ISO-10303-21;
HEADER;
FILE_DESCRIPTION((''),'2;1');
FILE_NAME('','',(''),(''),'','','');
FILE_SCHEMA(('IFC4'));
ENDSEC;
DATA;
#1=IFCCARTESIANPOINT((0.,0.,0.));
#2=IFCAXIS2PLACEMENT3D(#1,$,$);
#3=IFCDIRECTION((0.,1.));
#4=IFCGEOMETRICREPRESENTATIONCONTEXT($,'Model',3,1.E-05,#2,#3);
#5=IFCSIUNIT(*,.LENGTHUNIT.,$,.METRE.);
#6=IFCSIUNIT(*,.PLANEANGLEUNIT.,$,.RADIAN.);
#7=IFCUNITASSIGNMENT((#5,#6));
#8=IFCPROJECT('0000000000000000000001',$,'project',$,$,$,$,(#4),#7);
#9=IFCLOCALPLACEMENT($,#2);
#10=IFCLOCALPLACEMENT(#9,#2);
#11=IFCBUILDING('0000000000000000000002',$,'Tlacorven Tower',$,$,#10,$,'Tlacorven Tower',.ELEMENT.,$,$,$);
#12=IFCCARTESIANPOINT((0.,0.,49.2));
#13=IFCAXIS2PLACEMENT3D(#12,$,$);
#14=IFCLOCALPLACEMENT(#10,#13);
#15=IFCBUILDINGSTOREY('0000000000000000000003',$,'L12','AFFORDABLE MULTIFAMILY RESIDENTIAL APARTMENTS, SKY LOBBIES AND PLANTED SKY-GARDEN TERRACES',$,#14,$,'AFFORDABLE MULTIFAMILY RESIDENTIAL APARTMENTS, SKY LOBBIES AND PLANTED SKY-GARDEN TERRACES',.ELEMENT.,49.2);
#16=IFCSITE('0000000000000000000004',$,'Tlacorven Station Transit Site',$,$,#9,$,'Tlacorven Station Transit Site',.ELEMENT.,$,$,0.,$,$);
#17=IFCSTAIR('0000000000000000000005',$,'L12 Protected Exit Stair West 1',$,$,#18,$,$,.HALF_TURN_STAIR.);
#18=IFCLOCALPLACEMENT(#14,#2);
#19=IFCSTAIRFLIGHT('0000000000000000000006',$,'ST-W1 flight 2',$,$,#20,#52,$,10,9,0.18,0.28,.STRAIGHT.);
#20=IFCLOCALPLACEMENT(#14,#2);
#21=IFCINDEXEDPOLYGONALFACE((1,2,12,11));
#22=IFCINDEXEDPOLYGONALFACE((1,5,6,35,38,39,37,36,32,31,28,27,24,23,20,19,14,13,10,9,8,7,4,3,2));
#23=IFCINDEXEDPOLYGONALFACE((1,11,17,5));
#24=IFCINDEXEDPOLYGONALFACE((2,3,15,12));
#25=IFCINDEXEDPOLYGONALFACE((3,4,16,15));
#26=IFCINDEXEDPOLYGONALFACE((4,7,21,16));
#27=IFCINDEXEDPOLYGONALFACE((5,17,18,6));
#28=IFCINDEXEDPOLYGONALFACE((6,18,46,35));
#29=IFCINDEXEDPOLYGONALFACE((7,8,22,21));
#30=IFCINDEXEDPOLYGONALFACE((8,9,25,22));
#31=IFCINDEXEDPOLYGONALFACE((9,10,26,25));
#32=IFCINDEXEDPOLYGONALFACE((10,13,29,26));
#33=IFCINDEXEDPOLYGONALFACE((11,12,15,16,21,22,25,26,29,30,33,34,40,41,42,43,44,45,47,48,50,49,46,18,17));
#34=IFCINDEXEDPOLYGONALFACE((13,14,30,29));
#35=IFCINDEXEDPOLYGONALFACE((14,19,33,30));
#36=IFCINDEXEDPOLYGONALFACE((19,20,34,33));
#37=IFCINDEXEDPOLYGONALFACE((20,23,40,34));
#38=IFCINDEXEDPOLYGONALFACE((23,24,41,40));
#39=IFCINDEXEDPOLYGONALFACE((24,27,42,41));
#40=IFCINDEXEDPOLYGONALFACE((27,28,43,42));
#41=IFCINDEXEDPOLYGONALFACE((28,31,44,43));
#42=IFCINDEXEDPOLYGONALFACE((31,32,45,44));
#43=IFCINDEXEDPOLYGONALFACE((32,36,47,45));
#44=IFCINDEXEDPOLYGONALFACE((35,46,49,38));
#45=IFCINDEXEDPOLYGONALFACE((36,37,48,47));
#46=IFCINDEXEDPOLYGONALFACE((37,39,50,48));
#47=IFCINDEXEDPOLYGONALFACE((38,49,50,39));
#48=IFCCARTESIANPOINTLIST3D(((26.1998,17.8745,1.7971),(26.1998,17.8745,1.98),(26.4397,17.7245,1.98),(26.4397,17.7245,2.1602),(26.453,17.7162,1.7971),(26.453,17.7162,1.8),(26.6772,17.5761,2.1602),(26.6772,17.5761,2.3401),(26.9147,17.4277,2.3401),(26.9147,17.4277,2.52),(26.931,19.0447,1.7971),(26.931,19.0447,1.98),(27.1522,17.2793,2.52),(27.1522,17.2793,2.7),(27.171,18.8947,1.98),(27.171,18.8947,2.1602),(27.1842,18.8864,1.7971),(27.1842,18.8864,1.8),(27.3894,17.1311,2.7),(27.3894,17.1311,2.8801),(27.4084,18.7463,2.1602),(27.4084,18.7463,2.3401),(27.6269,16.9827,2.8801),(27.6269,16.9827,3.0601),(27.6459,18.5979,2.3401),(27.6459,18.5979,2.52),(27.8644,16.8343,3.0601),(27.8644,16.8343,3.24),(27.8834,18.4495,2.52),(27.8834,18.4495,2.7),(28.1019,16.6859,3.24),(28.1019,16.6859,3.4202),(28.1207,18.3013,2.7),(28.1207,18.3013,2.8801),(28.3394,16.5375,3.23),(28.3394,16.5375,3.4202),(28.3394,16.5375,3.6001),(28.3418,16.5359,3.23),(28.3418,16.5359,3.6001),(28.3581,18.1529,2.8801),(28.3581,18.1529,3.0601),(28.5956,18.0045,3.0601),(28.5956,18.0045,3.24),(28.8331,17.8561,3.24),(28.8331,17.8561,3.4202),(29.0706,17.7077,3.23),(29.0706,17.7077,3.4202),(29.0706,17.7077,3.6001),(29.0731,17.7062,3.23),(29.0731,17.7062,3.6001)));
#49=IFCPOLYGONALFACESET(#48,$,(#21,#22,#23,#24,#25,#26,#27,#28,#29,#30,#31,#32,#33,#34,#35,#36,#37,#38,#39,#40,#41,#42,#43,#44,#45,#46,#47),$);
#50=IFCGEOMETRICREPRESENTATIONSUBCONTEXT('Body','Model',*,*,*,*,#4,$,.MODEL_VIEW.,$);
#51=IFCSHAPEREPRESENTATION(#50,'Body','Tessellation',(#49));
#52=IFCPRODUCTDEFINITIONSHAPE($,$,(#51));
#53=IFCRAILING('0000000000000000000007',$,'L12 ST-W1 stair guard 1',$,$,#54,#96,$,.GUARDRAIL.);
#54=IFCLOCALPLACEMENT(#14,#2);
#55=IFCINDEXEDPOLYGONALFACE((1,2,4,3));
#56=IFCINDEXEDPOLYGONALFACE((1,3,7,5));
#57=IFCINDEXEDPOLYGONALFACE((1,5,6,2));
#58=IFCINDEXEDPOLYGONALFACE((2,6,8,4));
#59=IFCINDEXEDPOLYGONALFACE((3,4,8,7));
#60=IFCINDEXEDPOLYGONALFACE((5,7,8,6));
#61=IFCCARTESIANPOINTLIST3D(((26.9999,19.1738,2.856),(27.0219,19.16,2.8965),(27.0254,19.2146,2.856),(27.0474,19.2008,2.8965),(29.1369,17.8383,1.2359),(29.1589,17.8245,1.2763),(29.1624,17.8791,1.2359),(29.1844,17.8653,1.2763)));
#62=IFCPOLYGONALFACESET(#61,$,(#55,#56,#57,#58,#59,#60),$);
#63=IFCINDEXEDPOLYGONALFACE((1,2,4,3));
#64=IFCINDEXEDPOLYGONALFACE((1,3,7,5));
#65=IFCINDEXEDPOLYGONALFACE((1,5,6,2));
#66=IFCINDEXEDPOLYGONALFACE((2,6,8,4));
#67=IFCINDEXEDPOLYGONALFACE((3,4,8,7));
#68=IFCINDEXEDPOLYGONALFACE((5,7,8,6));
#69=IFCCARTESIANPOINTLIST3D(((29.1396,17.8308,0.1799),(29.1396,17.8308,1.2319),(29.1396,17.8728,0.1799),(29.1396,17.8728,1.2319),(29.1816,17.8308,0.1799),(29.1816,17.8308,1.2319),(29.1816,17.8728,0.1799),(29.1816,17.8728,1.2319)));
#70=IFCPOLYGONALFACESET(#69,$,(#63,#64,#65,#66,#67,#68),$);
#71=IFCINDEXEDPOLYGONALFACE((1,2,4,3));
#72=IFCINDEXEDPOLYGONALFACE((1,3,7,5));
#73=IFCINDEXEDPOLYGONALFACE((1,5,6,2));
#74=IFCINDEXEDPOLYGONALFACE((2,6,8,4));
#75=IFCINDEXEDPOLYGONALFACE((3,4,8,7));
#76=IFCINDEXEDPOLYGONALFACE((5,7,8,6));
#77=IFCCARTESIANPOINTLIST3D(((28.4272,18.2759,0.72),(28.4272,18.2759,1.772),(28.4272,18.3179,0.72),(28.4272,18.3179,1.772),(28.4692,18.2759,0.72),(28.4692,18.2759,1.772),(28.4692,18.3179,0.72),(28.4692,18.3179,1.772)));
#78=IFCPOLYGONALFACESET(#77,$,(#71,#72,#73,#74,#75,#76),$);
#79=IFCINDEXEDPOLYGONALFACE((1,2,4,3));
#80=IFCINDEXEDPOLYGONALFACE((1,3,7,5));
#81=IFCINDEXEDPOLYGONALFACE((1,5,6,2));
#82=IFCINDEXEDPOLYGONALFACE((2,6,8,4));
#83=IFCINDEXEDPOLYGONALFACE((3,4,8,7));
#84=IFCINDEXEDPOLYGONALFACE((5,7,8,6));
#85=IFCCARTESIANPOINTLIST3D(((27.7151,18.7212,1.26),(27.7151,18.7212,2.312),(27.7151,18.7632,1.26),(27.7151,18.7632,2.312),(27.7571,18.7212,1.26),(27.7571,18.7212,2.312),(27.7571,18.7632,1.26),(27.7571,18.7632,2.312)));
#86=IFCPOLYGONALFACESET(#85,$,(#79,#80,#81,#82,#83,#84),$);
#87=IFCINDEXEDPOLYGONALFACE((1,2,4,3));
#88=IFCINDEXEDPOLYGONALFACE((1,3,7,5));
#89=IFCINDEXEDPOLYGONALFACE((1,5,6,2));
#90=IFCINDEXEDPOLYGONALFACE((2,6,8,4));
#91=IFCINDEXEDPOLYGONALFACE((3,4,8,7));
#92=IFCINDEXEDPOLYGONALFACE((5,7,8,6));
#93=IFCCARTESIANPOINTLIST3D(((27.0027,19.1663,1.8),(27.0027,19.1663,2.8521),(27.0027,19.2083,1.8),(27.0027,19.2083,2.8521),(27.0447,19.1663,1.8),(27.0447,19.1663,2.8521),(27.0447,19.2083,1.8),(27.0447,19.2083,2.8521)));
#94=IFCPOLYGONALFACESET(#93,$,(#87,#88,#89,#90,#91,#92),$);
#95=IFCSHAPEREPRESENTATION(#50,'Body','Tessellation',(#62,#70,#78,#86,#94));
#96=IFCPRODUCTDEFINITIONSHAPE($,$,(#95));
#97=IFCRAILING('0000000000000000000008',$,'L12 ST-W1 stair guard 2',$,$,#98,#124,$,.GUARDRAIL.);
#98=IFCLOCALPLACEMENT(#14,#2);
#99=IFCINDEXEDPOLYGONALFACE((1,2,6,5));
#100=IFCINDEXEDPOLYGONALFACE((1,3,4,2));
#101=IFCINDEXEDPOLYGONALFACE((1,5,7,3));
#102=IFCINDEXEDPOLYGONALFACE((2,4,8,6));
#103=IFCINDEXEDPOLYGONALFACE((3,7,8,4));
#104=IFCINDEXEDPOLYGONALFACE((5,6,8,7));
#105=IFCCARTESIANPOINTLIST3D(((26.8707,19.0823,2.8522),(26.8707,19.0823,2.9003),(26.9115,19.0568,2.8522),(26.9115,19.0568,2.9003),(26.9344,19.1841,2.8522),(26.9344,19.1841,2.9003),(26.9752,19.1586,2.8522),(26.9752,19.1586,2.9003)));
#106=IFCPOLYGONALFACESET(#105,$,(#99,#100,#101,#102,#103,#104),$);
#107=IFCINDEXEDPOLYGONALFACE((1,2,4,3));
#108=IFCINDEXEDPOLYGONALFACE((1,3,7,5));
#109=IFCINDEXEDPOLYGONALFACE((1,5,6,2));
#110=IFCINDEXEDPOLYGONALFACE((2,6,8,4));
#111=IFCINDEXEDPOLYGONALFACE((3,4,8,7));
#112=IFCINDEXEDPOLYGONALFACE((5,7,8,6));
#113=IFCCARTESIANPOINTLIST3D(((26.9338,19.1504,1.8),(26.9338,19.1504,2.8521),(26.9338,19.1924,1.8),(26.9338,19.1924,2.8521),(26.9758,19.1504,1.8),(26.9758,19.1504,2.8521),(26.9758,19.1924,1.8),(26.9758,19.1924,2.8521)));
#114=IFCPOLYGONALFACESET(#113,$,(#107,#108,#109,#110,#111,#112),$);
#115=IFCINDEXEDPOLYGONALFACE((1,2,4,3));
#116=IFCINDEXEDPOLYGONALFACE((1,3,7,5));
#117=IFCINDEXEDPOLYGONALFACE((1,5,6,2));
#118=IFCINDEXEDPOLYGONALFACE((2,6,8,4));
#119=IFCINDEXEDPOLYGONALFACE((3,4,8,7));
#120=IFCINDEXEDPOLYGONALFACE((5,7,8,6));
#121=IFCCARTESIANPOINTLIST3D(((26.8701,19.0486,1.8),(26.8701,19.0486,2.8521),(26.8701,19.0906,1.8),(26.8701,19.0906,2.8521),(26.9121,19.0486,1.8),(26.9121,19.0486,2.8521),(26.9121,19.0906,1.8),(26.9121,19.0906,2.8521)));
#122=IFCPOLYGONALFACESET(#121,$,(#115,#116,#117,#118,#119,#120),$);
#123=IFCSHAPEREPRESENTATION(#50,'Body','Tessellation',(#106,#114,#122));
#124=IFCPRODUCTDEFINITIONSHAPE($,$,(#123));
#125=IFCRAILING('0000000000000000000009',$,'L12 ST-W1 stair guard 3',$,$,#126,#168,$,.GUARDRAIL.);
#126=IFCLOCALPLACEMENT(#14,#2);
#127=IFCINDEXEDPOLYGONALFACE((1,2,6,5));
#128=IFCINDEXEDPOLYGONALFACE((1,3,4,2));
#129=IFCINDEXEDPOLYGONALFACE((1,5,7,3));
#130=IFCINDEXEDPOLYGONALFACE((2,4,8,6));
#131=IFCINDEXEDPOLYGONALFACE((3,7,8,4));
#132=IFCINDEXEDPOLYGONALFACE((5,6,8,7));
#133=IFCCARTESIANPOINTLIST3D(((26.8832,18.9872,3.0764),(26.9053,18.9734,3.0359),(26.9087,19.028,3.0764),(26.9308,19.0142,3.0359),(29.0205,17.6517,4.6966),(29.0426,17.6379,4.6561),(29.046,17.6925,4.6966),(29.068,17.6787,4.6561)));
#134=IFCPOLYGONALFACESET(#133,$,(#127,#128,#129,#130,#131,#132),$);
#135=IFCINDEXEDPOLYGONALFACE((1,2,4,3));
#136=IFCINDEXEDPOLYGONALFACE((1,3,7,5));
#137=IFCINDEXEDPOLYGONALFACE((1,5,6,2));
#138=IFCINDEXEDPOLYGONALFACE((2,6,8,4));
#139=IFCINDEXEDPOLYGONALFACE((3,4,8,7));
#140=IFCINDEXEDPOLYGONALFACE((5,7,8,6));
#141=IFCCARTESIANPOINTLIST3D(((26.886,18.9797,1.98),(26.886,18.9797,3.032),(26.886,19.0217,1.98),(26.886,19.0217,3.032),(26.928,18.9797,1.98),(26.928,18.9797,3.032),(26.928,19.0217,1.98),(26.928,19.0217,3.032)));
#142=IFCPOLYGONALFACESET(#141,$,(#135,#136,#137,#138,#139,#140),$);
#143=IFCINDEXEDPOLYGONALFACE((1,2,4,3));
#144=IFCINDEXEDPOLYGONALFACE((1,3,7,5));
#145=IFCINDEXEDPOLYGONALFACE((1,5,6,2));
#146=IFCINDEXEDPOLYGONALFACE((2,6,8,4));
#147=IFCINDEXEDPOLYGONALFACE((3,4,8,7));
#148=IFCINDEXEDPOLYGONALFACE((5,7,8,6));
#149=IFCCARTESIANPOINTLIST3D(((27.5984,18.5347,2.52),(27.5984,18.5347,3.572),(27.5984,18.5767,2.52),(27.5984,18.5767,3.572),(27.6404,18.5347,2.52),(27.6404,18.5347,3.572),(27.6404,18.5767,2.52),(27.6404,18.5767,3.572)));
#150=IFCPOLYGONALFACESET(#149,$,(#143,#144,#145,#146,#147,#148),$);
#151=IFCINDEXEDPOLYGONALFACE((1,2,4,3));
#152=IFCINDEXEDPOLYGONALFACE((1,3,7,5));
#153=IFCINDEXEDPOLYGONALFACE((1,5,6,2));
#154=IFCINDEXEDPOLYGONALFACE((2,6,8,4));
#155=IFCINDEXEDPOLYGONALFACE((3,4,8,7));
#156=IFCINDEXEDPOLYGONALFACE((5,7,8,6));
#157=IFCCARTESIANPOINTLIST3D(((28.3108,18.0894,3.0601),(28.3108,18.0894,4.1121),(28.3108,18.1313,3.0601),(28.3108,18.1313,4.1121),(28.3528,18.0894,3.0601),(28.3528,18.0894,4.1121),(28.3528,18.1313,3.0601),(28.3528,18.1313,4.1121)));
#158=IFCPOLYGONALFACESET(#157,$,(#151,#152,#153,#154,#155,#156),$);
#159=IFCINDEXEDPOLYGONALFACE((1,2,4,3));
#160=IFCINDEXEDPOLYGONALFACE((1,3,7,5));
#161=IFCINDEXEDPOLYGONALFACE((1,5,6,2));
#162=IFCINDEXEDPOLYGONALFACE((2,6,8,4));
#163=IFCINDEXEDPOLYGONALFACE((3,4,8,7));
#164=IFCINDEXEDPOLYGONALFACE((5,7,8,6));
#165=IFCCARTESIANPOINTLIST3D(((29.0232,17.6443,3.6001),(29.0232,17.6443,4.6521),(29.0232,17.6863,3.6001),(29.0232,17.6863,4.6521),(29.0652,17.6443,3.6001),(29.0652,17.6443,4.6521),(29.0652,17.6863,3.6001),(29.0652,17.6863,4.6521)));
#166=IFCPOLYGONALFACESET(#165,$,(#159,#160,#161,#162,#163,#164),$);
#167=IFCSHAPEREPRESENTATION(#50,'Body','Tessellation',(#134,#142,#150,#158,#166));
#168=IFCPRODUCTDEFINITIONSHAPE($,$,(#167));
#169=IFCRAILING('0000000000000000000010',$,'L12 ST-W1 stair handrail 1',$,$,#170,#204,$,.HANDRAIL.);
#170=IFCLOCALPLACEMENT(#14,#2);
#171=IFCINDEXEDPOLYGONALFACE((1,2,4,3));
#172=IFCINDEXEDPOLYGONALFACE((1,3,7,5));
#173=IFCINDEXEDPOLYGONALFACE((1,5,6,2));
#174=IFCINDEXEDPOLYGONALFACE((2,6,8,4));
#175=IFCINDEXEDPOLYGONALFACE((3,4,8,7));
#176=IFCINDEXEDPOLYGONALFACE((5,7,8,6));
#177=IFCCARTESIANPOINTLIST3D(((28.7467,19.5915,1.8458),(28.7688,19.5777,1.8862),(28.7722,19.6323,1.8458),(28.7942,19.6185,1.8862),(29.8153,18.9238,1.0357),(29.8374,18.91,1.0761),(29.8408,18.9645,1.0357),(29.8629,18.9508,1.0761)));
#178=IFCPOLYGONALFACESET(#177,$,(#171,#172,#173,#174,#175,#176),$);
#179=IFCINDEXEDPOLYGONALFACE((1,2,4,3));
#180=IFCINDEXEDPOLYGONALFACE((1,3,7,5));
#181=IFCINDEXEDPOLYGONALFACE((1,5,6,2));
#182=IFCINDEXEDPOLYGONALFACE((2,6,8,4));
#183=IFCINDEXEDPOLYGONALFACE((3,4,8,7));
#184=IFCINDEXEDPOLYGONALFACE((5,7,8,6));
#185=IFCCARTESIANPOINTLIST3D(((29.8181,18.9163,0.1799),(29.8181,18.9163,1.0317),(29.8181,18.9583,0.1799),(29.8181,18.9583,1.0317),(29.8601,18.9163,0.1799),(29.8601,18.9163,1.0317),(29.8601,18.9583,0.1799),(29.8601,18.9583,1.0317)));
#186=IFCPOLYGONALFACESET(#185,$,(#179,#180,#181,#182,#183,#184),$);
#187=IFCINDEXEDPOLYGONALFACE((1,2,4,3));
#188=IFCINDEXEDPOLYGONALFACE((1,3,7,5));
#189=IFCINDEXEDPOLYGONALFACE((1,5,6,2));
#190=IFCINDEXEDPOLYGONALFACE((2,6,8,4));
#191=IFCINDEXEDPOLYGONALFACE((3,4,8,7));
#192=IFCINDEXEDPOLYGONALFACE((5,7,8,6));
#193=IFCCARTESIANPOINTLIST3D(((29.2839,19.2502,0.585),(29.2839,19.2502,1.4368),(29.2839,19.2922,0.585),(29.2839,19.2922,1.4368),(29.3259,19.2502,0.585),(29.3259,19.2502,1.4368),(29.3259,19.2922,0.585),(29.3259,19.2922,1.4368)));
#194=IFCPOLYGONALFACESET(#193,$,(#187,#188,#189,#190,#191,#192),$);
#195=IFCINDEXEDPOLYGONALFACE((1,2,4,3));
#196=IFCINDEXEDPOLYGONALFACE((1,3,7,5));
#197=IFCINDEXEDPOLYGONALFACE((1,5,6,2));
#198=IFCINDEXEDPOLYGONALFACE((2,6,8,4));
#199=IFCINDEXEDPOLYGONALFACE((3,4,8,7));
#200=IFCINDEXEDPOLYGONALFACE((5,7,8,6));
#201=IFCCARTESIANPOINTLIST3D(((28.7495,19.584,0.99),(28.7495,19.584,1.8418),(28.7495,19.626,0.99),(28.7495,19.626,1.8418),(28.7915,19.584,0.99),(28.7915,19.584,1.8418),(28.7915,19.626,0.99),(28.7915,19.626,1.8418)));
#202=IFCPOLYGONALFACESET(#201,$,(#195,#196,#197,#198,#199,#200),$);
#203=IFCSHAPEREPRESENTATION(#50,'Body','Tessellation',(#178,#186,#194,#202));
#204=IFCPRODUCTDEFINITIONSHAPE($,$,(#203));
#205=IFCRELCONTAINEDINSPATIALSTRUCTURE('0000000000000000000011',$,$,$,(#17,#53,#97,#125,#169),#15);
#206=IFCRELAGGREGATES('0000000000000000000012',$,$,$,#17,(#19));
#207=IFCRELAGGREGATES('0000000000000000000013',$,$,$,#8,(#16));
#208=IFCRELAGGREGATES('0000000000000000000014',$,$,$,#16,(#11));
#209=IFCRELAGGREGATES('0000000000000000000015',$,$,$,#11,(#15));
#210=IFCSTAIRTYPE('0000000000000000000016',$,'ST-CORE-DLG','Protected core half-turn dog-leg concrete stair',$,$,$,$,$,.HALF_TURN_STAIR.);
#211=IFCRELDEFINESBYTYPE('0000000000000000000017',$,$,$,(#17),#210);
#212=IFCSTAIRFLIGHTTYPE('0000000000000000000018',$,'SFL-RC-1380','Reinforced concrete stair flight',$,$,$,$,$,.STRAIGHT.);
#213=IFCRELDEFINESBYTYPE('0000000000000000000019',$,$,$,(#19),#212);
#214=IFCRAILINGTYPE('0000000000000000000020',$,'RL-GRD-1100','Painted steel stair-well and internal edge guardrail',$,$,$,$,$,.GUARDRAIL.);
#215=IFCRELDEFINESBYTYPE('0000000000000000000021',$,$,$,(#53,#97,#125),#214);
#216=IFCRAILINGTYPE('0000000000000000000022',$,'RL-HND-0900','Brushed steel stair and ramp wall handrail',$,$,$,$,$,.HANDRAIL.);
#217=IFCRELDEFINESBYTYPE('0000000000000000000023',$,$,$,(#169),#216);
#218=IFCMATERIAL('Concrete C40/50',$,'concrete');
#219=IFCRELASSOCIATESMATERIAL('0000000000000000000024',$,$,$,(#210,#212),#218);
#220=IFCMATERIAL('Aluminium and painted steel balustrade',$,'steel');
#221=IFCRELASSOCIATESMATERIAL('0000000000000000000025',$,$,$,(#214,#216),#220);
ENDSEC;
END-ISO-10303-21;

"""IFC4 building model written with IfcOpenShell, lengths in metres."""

from ifc_helpers import new_model, si_unit, direction, frame, origin, origin_2d, place, context, subcontext, project, spatial, polyline, rectangle, outline, extrude, source, transform, mapped, material, type_object, element, aggregate, save


model = new_model("IFC4")

# Units and contexts
model_context = context("Model", 3, precision=1e-05, world=origin(), true_north=direction((0.0, 1.0)))
body_context = subcontext(model_context, "Body", "Model", "MODEL_VIEW")
ifc_project = project(units=[si_unit("LENGTHUNIT", "METRE"), si_unit("PLANEANGLEUNIT", "RADIAN")], contexts=[model_context])

# Site, building, storey
site_placement = place(None, origin())
site = spatial("IfcSite", under=ifc_project, at=site_placement, Name="Tlacorven Station Transit Site", LongName="Tlacorven Station Transit Site", CompositionType="ELEMENT", RefElevation=0.0)
building_placement = place(site_placement, origin())
building = spatial("IfcBuilding", under=site, at=building_placement, Name="Tlacorven Tower", LongName="Tlacorven Tower", CompositionType="ELEMENT")
storey_placement = place(building_placement, frame((0.0, 0.0, 49.2)))
storey = spatial("IfcBuildingStorey", under=building, at=storey_placement, Name="L12", Description="AFFORDABLE MULTIFAMILY RESIDENTIAL APARTMENTS, SKY LOBBIES AND PLANTED SKY-GARDEN TERRACES", LongName="AFFORDABLE MULTIFAMILY RESIDENTIAL APARTMENTS, SKY LOBBIES AND PLANTED SKY-GARDEN TERRACES", CompositionType="ELEMENT", Elevation=49.2)

# Stair, stair flight
ifc_material_1 = material(Name="Concrete C40/50", Category="concrete")
stair_type = type_object("IfcStairType", Name="ST-CORE-DLG", Description="Protected core half-turn dog-leg concrete stair", PredefinedType="HALF_TURN_STAIR", material=ifc_material_1)
stair_placement = place(storey_placement, origin())
stair = element("IfcStair", 1, at=stair_placement, inside=storey, type_object=stair_type, Name="L12 Protected Exit Stair West 1", PredefinedType="HALF_TURN_STAIR")
stair_flight_type = type_object("IfcStairFlightType", Name="SFL-RC-1380", Description="Reinforced concrete stair flight", PredefinedType="STRAIGHT", material=ifc_material_1)
shared_shape_1 = source(origin(), body_context, "Body", "SweptSolid", [
    extrude(outline(polyline([(-0.0029, -0.0029), (-0.0029, 0.1799), (0.28, 0.1799), (0.28, 0.3601), (0.5601, 0.3601), (0.5601, 0.54), (0.8401, 0.54), (0.8401, 0.72), (1.1201, 0.72), (1.1201, 0.8999), (1.3999, 0.8999), (1.3999, 1.0801), (1.6799, 1.0801), (1.6799, 1.26), (1.96, 1.26), (1.96, 1.4399), (2.24, 1.4399), (2.24, 1.6201), (2.52, 1.6201), (2.52, 1.8), (2.5229, 1.8), (2.5229, 1.4299), (2.52, 1.4299), (0.2957, 0.0), (0.2957, -0.0029), (-0.0029, -0.0029)])), frame((0.0, 0.6899, 0.0), z_axis=(0.0, -1.0, 0.0), x_axis=(1.0, 0.0, 0.0)), (0.0, 0.0, 1.0), 1.3799),
])
stair_flight_1_placement = place(storey_placement, frame((26.5679, 18.458, 1.8), z_axis=(0.0, 0.0, 1.0), x_axis=(0.848048, -0.529919, 0.0)))
stair_flight_1 = element("IfcStairFlight", 2, at=stair_flight_1_placement, type_object=stair_flight_type, Name="ST-W1 flight 2", NumberOfRisers=10, NumberOfTreads=9, PredefinedType="STRAIGHT", RiserHeight=0.18, TreadLength=0.28, context=body_context, shape_type="MappedRepresentation", body=[
    mapped(shared_shape_1, transform((0.0, 0.0, 0.0), scale=1.0)),
])
aggregate(stair, [stair_flight_1])

# Railings
ifc_material_2 = material(Name="Aluminium and painted steel balustrade", Category="steel")
railing_type_1 = type_object("IfcRailingType", Name="RL-GRD-1100", Description="Painted steel stair-well and internal edge guardrail", PredefinedType="GUARDRAIL", material=ifc_material_2)
shared_shape_2 = source(origin(), body_context, "Body", "SweptSolid", [
    extrude(rectangle(XDim=0.0481, YDim=0.0481, at=origin_2d()), frame((0.0, 0.0, 1.0762), z_axis=(-0.71332, 0.445774, 0.540796), x_axis=(-0.529955, -0.848026, 0.0)), (0.0, 0.0, 1.0), 2.9958),
    extrude(rectangle(XDim=0.042, YDim=0.042, at=origin_2d()), origin(), (0.0, 0.0, 1.0), 1.052),
    extrude(rectangle(XDim=0.042, YDim=0.042, at=origin_2d()), frame((-0.7124, 0.4451, 0.54)), (0.0, 0.0, 1.0), 1.052),
    extrude(rectangle(XDim=0.042, YDim=0.042, at=origin_2d()), frame((-1.4246, 0.8904, 1.0801)), (0.0, 0.0, 1.0), 1.052),
    extrude(rectangle(XDim=0.042, YDim=0.042, at=origin_2d()), frame((-2.137, 1.3354, 1.6201)), (0.0, 0.0, 1.0), 1.052),
])
railing_1_placement = place(storey_placement, frame((29.1606, 17.8518, 0.1799)))
element("IfcRailing", 3, at=railing_1_placement, inside=storey, type_object=railing_type_1, Name="L12 ST-W1 stair guard 1", PredefinedType="GUARDRAIL", context=body_context, shape_type="MappedRepresentation", body=[
    mapped(shared_shape_2, transform((0.0, 0.0, 0.0), scale=1.0)),
])
shared_shape_3 = source(origin(), body_context, "Body", "SweptSolid", [
    extrude(rectangle(XDim=0.0481, YDim=0.0481, at=origin_2d()), frame((0.0, 0.0, 1.0762), z_axis=(-0.530547, -0.847656, 0.0), x_axis=(0.847656, -0.530547, 0.0)), (0.0, 0.0, 1.0), 0.1201),
    extrude(rectangle(XDim=0.042, YDim=0.042, at=origin_2d()), origin(), (0.0, 0.0, 1.0), 1.052),
    extrude(rectangle(XDim=0.042, YDim=0.042, at=origin_2d()), frame((-0.0637, -0.1018, 0.0)), (0.0, 0.0, 1.0), 1.052),
])
railing_2_placement = place(storey_placement, frame((26.9548, 19.1714, 1.8)))
element("IfcRailing", 4, at=railing_2_placement, inside=storey, type_object=railing_type_1, Name="L12 ST-W1 stair guard 2", PredefinedType="GUARDRAIL", context=body_context, shape_type="MappedRepresentation", body=[
    mapped(shared_shape_3, transform((0.0, 0.0, 0.0), scale=1.0)),
])
shared_shape_4 = source(origin(), body_context, "Body", "SweptSolid", [
    extrude(rectangle(XDim=0.0481, YDim=0.0481, at=origin_2d()), frame((0.0, 0.0, 1.0762), z_axis=(0.71336, -0.445748, 0.540765), x_axis=(0.529912, 0.848053, 0.0)), (0.0, 0.0, 1.0), 2.9961),
    extrude(rectangle(XDim=0.042, YDim=0.042, at=origin_2d()), origin(), (0.0, 0.0, 1.0), 1.052),
    extrude(rectangle(XDim=0.042, YDim=0.042, at=origin_2d()), frame((0.7124, -0.4451, 0.54)), (0.0, 0.0, 1.0), 1.052),
    extrude(rectangle(XDim=0.042, YDim=0.042, at=origin_2d()), frame((1.4248, -0.8904, 1.0801)), (0.0, 0.0, 1.0), 1.052),
    extrude(rectangle(XDim=0.042, YDim=0.042, at=origin_2d()), frame((2.1372, -1.3354, 1.6201)), (0.0, 0.0, 1.0), 1.052),
])
railing_3_placement = place(storey_placement, frame((26.907, 19.0007, 1.98)))
element("IfcRailing", 5, at=railing_3_placement, inside=storey, type_object=railing_type_1, Name="L12 ST-W1 stair guard 3", PredefinedType="GUARDRAIL", context=body_context, shape_type="MappedRepresentation", body=[
    mapped(shared_shape_4, transform((0.0, 0.0, 0.0), scale=1.0)),
])
railing_type_2 = type_object("IfcRailingType", Name="RL-HND-0900", Description="Brushed steel stair and ramp wall handrail", PredefinedType="HANDRAIL", material=ifc_material_2)
shared_shape_5 = source(origin(), body_context, "Body", "SweptSolid", [
    extrude(rectangle(XDim=0.0481, YDim=0.0481, at=origin_2d()), frame((0.0, 0.0, 0.876), z_axis=(-0.71336, 0.445748, 0.540765), x_axis=(-0.529912, -0.848053, 0.0)), (0.0, 0.0, 1.0), 1.498),
    extrude(rectangle(XDim=0.042, YDim=0.042, at=origin_2d()), origin(), (0.0, 0.0, 1.0), 0.8518),
    extrude(rectangle(XDim=0.042, YDim=0.042, at=origin_2d()), frame((-0.5342, 0.334, 0.405)), (0.0, 0.0, 1.0), 0.8518),
    extrude(rectangle(XDim=0.042, YDim=0.042, at=origin_2d()), frame((-1.0686, 0.6677, 0.8101)), (0.0, 0.0, 1.0), 0.8518),
])
for number, where, name in (
    (6, (29.8391, 18.9373, 0.1799), "L12 ST-W1 stair handrail 1"),
):
    element("IfcRailing", number, at=place(storey_placement, frame(where)), inside=storey, type_object=railing_type_2, Name=name, PredefinedType="HANDRAIL", context=body_context, shape_type="MappedRepresentation", body=[
        mapped(shared_shape_5, transform((0.0, 0.0, 0.0), scale=1.0)),
    ])

save(model, "model.ifc")
